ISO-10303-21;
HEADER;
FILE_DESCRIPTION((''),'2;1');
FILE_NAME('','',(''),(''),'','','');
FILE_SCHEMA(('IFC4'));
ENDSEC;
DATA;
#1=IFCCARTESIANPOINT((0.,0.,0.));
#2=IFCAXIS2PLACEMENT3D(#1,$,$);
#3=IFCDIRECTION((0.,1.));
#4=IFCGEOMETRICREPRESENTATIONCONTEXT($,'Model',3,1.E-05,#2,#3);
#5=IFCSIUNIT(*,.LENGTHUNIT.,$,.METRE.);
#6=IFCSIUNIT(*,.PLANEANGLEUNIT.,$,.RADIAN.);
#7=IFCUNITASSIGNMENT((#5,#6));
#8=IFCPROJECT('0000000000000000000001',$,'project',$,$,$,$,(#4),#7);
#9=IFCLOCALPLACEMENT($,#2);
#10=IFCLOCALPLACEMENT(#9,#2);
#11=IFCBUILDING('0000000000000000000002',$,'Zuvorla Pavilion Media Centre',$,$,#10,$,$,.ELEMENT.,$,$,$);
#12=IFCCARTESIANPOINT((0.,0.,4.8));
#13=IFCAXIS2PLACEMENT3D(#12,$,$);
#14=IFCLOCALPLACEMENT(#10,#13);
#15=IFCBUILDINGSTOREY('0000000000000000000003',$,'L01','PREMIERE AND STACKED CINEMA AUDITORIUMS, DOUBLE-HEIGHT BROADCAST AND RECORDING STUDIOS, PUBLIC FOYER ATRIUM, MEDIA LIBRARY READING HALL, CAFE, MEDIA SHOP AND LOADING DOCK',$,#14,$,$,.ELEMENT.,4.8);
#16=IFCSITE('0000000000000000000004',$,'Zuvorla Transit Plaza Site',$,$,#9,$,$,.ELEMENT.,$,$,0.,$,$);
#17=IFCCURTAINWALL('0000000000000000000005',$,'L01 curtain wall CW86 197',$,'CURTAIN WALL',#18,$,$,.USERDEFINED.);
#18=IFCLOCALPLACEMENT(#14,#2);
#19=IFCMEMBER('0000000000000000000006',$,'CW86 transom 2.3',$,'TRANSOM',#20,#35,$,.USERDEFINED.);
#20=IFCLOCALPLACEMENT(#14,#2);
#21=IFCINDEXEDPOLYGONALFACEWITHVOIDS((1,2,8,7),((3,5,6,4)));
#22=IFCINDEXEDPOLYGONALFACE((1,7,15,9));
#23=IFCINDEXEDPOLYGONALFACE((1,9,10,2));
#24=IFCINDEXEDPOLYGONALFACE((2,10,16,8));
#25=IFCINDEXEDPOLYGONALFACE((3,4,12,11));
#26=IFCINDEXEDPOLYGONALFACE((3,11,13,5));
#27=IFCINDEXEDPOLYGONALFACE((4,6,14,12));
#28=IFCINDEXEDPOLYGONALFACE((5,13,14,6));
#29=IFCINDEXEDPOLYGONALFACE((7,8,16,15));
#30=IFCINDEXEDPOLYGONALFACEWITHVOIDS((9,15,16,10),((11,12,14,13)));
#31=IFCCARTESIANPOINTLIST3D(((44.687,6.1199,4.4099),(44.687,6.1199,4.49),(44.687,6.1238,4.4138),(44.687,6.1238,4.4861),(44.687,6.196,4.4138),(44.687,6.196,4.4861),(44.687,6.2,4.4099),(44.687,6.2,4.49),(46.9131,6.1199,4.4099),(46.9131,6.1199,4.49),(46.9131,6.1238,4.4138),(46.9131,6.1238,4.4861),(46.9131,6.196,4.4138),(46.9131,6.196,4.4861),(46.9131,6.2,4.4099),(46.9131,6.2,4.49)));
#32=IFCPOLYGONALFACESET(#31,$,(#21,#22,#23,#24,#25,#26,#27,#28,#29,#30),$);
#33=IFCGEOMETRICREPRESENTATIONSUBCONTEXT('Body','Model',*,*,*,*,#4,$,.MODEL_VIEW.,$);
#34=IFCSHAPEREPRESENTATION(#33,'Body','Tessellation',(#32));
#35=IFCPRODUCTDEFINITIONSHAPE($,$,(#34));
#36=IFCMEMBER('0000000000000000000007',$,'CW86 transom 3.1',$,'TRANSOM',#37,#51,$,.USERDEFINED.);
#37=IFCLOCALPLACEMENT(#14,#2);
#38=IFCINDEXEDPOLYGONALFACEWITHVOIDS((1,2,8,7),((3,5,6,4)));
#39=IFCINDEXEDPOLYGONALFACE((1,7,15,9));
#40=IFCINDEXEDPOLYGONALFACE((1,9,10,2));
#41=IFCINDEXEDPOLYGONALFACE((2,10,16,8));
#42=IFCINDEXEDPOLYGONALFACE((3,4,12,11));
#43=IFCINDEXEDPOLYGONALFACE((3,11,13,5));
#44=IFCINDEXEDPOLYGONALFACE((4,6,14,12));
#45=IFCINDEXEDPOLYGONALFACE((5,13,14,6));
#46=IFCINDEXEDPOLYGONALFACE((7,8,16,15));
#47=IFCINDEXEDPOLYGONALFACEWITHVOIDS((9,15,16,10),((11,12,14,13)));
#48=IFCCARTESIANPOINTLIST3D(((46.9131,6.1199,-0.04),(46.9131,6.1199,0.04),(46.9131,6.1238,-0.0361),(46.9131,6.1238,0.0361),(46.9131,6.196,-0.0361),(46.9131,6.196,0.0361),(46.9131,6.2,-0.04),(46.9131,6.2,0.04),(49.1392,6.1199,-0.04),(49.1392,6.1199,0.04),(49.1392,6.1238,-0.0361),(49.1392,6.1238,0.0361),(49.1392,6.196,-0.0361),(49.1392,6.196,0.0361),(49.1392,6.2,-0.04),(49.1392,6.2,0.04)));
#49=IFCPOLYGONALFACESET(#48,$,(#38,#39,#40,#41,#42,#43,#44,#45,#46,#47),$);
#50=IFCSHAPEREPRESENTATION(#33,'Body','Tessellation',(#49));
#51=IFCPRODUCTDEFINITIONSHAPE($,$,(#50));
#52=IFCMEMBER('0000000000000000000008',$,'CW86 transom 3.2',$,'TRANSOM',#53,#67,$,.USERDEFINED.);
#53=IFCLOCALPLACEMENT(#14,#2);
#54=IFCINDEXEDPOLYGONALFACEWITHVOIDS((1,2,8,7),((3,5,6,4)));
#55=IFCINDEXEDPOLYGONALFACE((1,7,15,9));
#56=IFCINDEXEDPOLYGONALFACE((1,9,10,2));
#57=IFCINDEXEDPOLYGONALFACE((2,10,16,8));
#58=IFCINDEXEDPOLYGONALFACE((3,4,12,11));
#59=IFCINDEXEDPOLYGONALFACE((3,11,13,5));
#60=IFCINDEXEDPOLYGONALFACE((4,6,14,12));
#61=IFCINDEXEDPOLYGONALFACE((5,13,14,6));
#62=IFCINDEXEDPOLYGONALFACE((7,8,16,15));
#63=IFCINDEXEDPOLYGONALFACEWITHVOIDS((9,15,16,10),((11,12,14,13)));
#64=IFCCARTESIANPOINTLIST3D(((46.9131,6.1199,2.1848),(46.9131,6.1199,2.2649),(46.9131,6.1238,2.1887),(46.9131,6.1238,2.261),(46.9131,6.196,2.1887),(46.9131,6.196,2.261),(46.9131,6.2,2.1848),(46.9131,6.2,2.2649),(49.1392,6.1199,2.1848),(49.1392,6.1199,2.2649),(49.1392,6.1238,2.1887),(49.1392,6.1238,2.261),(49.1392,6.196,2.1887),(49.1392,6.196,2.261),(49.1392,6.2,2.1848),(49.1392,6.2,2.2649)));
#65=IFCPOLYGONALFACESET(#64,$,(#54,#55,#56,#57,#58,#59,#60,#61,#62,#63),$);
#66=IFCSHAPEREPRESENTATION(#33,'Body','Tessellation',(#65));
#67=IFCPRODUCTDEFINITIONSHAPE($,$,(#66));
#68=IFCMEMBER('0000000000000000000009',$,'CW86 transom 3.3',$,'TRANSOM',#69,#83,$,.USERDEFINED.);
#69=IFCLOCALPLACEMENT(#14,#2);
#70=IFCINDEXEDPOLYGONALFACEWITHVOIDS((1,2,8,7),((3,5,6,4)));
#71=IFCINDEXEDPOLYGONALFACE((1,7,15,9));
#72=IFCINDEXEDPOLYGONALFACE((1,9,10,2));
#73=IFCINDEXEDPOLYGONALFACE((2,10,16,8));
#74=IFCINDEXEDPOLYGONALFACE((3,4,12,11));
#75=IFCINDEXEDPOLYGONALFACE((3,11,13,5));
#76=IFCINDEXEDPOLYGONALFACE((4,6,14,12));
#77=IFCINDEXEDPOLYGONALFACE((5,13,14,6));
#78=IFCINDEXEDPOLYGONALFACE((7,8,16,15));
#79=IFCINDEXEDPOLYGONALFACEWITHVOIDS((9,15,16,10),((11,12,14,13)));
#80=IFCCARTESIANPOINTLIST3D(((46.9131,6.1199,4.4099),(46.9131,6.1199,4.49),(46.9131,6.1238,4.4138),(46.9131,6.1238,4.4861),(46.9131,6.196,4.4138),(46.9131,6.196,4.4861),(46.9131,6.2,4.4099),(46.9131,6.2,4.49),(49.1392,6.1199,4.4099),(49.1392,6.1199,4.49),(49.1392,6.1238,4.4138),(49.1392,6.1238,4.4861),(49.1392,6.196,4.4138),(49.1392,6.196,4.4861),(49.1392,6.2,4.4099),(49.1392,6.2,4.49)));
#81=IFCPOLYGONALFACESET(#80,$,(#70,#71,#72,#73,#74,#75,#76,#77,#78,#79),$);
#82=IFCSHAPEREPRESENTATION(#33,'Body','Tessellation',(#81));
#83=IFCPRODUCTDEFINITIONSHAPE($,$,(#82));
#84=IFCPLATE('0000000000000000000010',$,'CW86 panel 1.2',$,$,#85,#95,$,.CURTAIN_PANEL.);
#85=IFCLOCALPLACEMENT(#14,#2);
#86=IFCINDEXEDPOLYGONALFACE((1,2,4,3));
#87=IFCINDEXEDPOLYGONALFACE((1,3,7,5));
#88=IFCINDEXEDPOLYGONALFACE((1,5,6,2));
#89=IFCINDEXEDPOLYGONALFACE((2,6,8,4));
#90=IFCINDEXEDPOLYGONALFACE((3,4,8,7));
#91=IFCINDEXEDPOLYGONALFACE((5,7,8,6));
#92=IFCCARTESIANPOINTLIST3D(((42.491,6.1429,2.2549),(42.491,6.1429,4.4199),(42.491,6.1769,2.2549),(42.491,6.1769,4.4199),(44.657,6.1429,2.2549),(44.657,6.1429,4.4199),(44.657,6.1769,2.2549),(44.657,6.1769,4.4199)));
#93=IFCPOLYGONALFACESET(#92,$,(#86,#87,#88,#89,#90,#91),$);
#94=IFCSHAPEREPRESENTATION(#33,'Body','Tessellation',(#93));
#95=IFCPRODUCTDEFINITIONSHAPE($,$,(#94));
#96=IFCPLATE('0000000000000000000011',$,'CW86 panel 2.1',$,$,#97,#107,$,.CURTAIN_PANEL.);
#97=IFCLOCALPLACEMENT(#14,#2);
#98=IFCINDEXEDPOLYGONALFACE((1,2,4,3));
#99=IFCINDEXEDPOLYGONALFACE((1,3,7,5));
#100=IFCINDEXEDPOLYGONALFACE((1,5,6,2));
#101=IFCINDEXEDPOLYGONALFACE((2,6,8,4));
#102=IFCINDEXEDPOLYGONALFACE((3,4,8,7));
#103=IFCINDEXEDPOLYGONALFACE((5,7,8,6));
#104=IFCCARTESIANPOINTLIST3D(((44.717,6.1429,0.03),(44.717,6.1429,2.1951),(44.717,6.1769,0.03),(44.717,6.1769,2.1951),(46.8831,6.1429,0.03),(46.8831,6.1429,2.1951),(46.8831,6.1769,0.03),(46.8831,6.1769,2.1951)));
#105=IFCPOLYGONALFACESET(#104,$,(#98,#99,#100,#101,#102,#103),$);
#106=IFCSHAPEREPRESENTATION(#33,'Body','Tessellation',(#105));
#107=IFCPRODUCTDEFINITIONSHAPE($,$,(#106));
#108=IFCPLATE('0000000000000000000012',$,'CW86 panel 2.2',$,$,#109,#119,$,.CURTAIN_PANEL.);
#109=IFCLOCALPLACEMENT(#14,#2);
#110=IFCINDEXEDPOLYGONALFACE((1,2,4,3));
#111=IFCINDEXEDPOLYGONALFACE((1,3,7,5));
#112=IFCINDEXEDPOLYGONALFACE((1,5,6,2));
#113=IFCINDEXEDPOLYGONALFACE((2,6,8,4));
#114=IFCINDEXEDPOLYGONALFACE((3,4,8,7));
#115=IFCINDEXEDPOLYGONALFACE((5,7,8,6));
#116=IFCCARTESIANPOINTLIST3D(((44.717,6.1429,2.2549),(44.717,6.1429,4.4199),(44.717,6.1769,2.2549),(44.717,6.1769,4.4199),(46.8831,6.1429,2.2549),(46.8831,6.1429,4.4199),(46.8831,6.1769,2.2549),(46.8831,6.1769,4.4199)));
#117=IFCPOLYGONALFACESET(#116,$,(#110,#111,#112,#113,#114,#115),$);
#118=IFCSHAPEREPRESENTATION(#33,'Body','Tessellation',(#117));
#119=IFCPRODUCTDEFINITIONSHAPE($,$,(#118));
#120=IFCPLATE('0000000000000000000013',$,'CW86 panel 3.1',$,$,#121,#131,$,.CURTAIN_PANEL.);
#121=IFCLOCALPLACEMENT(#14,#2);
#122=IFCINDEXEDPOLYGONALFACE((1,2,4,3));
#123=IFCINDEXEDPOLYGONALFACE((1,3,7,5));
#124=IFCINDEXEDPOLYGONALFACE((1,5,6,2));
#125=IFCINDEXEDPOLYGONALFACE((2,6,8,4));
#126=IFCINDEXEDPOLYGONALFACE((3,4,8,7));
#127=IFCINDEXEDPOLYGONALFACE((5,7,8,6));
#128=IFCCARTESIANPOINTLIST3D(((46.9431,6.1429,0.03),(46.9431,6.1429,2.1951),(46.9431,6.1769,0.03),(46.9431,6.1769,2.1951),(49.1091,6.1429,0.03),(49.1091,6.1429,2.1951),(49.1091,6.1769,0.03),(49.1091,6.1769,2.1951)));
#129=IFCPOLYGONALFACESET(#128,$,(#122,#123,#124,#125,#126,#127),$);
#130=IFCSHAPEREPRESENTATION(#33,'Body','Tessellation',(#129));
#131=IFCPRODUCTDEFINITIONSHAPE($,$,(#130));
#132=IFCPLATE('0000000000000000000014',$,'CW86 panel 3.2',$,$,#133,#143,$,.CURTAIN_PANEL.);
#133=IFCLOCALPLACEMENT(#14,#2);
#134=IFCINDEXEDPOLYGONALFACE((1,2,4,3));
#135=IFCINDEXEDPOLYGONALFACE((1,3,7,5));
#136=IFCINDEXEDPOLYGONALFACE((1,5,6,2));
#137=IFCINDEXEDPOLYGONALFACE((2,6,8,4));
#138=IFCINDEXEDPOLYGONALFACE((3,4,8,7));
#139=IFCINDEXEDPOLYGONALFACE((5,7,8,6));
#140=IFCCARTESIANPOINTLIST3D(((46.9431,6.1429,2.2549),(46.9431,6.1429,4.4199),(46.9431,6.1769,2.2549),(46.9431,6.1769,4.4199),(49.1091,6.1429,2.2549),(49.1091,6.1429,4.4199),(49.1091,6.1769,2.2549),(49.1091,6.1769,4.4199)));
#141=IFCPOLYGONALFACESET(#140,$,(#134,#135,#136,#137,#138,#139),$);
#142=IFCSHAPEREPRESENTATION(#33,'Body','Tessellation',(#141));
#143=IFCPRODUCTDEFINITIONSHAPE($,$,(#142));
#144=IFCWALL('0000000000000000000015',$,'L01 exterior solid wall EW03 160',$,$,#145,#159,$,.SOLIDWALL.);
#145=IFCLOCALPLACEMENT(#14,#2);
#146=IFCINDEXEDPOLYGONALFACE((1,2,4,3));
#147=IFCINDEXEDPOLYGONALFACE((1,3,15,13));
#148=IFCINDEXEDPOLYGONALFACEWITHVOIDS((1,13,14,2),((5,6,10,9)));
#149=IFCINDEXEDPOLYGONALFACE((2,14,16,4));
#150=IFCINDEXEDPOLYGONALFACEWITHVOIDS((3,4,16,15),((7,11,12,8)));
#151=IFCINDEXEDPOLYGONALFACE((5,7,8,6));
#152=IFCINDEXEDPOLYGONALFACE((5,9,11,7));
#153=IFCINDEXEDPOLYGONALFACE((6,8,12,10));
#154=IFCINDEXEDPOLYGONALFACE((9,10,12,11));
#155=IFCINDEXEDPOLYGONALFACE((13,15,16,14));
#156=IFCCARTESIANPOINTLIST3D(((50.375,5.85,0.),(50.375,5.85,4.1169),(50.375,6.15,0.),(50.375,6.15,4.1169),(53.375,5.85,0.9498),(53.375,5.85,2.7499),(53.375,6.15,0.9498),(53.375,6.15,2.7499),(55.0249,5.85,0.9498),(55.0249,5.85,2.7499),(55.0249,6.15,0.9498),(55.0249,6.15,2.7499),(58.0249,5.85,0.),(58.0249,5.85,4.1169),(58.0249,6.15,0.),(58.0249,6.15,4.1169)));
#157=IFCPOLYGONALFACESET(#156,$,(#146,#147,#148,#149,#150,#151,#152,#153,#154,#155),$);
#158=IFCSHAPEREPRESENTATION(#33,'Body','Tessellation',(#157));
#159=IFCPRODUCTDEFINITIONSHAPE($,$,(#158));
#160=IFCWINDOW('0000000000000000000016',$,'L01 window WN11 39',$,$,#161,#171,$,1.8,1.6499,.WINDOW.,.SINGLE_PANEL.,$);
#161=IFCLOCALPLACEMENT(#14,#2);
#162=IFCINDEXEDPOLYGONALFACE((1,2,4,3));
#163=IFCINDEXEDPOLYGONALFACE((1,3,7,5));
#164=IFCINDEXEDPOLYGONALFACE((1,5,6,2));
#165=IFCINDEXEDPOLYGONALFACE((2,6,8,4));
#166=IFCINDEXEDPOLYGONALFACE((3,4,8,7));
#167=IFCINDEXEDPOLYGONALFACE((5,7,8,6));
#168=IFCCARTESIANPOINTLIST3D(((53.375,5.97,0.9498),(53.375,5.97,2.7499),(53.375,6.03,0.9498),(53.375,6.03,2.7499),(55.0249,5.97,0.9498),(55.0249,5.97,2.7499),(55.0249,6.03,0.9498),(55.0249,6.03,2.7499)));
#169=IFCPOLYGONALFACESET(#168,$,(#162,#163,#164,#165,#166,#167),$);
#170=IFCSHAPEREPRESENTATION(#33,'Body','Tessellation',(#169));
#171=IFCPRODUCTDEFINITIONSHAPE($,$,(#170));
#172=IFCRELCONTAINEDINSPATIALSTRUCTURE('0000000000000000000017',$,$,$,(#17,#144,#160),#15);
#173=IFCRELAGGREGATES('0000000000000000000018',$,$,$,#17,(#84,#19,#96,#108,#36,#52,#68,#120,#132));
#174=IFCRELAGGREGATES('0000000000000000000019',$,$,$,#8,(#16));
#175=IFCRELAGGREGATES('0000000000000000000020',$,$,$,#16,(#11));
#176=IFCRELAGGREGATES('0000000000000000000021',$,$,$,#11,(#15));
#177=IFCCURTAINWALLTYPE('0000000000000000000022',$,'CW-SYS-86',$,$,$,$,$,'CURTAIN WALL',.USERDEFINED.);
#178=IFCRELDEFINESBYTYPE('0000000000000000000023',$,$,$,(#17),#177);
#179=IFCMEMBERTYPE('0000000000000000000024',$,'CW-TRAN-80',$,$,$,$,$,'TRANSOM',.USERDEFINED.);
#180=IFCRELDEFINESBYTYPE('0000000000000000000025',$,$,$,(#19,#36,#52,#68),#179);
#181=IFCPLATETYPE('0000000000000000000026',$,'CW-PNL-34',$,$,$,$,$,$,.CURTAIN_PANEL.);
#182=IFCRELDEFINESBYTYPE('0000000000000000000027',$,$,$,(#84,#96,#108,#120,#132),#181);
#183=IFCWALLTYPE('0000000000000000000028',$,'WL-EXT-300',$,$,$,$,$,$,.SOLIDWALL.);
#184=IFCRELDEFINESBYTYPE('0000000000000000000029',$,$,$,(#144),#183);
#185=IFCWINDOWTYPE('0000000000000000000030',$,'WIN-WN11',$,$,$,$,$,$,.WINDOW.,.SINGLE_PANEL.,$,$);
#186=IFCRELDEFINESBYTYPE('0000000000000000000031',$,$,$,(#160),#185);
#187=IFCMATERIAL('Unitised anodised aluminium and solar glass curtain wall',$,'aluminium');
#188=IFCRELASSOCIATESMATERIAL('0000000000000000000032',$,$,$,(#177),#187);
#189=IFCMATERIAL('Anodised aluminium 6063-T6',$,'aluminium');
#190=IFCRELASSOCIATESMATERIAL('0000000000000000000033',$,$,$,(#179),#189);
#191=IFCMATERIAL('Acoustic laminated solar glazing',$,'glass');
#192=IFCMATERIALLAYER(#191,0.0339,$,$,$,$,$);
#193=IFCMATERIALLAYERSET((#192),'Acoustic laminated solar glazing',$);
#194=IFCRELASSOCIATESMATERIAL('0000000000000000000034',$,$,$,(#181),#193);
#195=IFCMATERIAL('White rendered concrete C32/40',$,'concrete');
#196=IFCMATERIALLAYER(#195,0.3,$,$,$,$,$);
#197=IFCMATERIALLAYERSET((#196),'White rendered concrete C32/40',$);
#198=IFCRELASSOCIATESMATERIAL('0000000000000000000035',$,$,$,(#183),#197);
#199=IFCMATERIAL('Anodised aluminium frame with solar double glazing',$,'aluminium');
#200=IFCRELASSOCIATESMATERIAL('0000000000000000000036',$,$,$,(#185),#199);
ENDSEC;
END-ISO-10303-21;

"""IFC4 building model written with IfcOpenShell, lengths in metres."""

from ifc_helpers import new_model, si_unit, direction, frame, frame_2d, origin, origin_2d, place, context, subcontext, project, spatial, rectangle, hollow_rectangle, extrude, material, layer, layer_set, material_profile, profile_set, type_object, element, fill, aggregate, save


model = new_model("IFC4")

# Units and contexts
model_context = context("Model", 3, precision=1e-05, world=origin(), true_north=direction((0.0, 1.0)))
body_context = subcontext(model_context, "Body", "Model", "MODEL_VIEW")
ifc_project = project(units=[si_unit("LENGTHUNIT", "METRE"), si_unit("PLANEANGLEUNIT", "RADIAN")], contexts=[model_context])

# Site, building, storey
site_placement = place(None, origin())
site = spatial("IfcSite", under=ifc_project, at=site_placement, Name="Zuvorla Transit Plaza Site", CompositionType="ELEMENT", RefElevation=0.0)
building_placement = place(site_placement, origin())
building = spatial("IfcBuilding", under=site, at=building_placement, Name="Zuvorla Pavilion Media Centre", CompositionType="ELEMENT")
storey_placement = place(building_placement, frame((0.0, 0.0, 4.8)))
storey = spatial("IfcBuildingStorey", under=building, at=storey_placement, Name="L01", Description="PREMIERE AND STACKED CINEMA AUDITORIUMS, DOUBLE-HEIGHT BROADCAST AND RECORDING STUDIOS, PUBLIC FOYER ATRIUM, MEDIA LIBRARY READING HALL, CAFE, MEDIA SHOP AND LOADING DOCK", CompositionType="ELEMENT", Elevation=4.8)

# Curtain wall, members, plates
ifc_material_1 = material(Name="Unitised anodised aluminium and solar glass curtain wall", Category="aluminium")
curtain_wall_type = type_object("IfcCurtainWallType", Name="CW-SYS-86", ElementType="CURTAIN WALL", PredefinedType="USERDEFINED", material=ifc_material_1)
curtain_wall_placement = place(storey_placement, origin())
curtain_wall = element("IfcCurtainWall", 1, at=curtain_wall_placement, inside=storey, type_object=curtain_wall_type, Name="L01 curtain wall CW86 197", ObjectType="CURTAIN WALL", PredefinedType="USERDEFINED")
ifc_material_2 = material(Name="Anodised aluminium 6063-T6", Category="aluminium")
ifc_material_profile_1 = material_profile(ifc_material_2, hollow_rectangle(XDim=0.0801, YDim=0.0801, WallThickness=0.0039, at=origin_2d()), Name="ALU TRAN 80x80")
ifc_profile_set_1 = profile_set([ifc_material_profile_1], Name="Anodised aluminium 6063-T6")
member_type_1 = type_object("IfcMemberType", Name="CW-TRAN-80", ElementType="TRANSOM", PredefinedType="USERDEFINED", material=ifc_profile_set_1)
member_1_placement = place(storey_placement, frame((44.687, 6.1599, 4.45), z_axis=(1.0, 0.0, 0.0), x_axis=(0.0, 1.0, 0.0)))
member_1 = element("IfcMember", 2, at=member_1_placement, type_object=member_type_1, Name="CW86 transom 2.3", ObjectType="TRANSOM", PredefinedType="USERDEFINED", context=body_context, shape_type="SweptSolid", body=[
    extrude(hollow_rectangle(XDim=0.0801, YDim=0.0801, WallThickness=0.0039, at=origin_2d()), origin(), (0.0, 0.0, 1.0), 2.2261),
])
member_2_placement = place(storey_placement, frame((46.9131, 6.1599, 0.0), z_axis=(1.0, 0.0, 0.0), x_axis=(0.0, 1.0, 0.0)))
member_2 = element("IfcMember", 3, at=member_2_placement, type_object=member_type_1, Name="CW86 transom 3.1", ObjectType="TRANSOM", PredefinedType="USERDEFINED", context=body_context, shape_type="SweptSolid", body=[
    extrude(hollow_rectangle(XDim=0.0801, YDim=0.0801, WallThickness=0.0039, at=origin_2d()), origin(), (0.0, 0.0, 1.0), 2.2261),
])
member_3_placement = place(storey_placement, frame((46.9131, 6.1599, 2.2249), z_axis=(1.0, 0.0, 0.0), x_axis=(0.0, 1.0, 0.0)))
member_3 = element("IfcMember", 4, at=member_3_placement, type_object=member_type_1, Name="CW86 transom 3.2", ObjectType="TRANSOM", PredefinedType="USERDEFINED", context=body_context, shape_type="SweptSolid", body=[
    extrude(hollow_rectangle(XDim=0.0801, YDim=0.0801, WallThickness=0.0039, at=origin_2d()), origin(), (0.0, 0.0, 1.0), 2.2261),
])
member_4_placement = place(storey_placement, frame((46.9131, 6.1599, 4.45), z_axis=(1.0, 0.0, 0.0), x_axis=(0.0, 1.0, 0.0)))
member_4 = element("IfcMember", 5, at=member_4_placement, type_object=member_type_1, Name="CW86 transom 3.3", ObjectType="TRANSOM", PredefinedType="USERDEFINED", context=body_context, shape_type="SweptSolid", body=[
    extrude(hollow_rectangle(XDim=0.0801, YDim=0.0801, WallThickness=0.0039, at=origin_2d()), origin(), (0.0, 0.0, 1.0), 2.2261),
])
ifc_material_3 = material(Name="Acoustic laminated solar glazing", Category="glass")
ifc_layer_1 = layer(ifc_material_3, 0.0339)
ifc_layer_set_1 = layer_set([ifc_layer_1], Name="Acoustic laminated solar glazing")
plate_type = type_object("IfcPlateType", Name="CW-PNL-34", PredefinedType="CURTAIN_PANEL", material=ifc_layer_set_1)
plate_1_placement = place(storey_placement, frame((43.574, 6.1599, 2.2549), z_axis=(0.0, 0.0, 1.0), x_axis=(1.0, 0.0, 0.0)))
plate_1 = element("IfcPlate", 6, at=plate_1_placement, type_object=plate_type, Name="CW86 panel 1.2", PredefinedType="CURTAIN_PANEL", context=body_context, shape_type="SweptSolid", body=[
    extrude(rectangle(XDim=2.166, YDim=0.0339, at=origin_2d()), origin(), (0.0, 0.0, 1.0), 2.165),
])
plate_2_placement = place(storey_placement, frame((45.8, 6.1599, 0.03), z_axis=(0.0, 0.0, 1.0), x_axis=(1.0, 0.0, 0.0)))
plate_2 = element("IfcPlate", 7, at=plate_2_placement, type_object=plate_type, Name="CW86 panel 2.1", PredefinedType="CURTAIN_PANEL", context=body_context, shape_type="SweptSolid", body=[
    extrude(rectangle(XDim=2.166, YDim=0.0339, at=origin_2d()), origin(), (0.0, 0.0, 1.0), 2.165),
])
plate_3_placement = place(storey_placement, frame((45.8, 6.1599, 2.2549), z_axis=(0.0, 0.0, 1.0), x_axis=(1.0, 0.0, 0.0)))
plate_3 = element("IfcPlate", 8, at=plate_3_placement, type_object=plate_type, Name="CW86 panel 2.2", PredefinedType="CURTAIN_PANEL", context=body_context, shape_type="SweptSolid", body=[
    extrude(rectangle(XDim=2.166, YDim=0.0339, at=origin_2d()), origin(), (0.0, 0.0, 1.0), 2.165),
])
plate_4_placement = place(storey_placement, frame((48.0261, 6.1599, 0.03), z_axis=(0.0, 0.0, 1.0), x_axis=(1.0, 0.0, 0.0)))
plate_4 = element("IfcPlate", 9, at=plate_4_placement, type_object=plate_type, Name="CW86 panel 3.1", PredefinedType="CURTAIN_PANEL", context=body_context, shape_type="SweptSolid", body=[
    extrude(rectangle(XDim=2.166, YDim=0.0339, at=origin_2d()), origin(), (0.0, 0.0, 1.0), 2.165),
])
plate_5_placement = place(storey_placement, frame((48.0261, 6.1599, 2.2549), z_axis=(0.0, 0.0, 1.0), x_axis=(1.0, 0.0, 0.0)))
plate_5 = element("IfcPlate", 10, at=plate_5_placement, type_object=plate_type, Name="CW86 panel 3.2", PredefinedType="CURTAIN_PANEL", context=body_context, shape_type="SweptSolid", body=[
    extrude(rectangle(XDim=2.166, YDim=0.0339, at=origin_2d()), origin(), (0.0, 0.0, 1.0), 2.165),
])
aggregate(curtain_wall, [plate_1, member_1, plate_2, plate_3, member_2, member_3, member_4, plate_4, plate_5])

# Wall, opening, window
ifc_material_4 = material(Name="White rendered concrete C32/40", Category="concrete")
ifc_layer_2 = layer(ifc_material_4, 0.3)
ifc_layer_set_2 = layer_set([ifc_layer_2], Name="White rendered concrete C32/40")
wall_type = type_object("IfcWallType", Name="WL-EXT-300", PredefinedType="SOLIDWALL", material=ifc_layer_set_2)
wall_1_placement = place(storey_placement, frame((50.375, 6.0, 0.0), z_axis=(0.0, 0.0, 1.0), x_axis=(1.0, 0.0, 0.0)))
wall_1 = element("IfcWall", 11, at=wall_1_placement, inside=storey, type_object=wall_type, Name="L01 exterior solid wall EW03 160", PredefinedType="SOLIDWALL", context=body_context, shape_type="SweptSolid", body=[
    extrude(rectangle(XDim=7.6499, YDim=0.3, at=frame_2d((3.825, 0.0))), origin(), (0.0, 0.0, 1.0), 4.1169),
])
opening_1_placement = place(wall_1_placement, frame((3.0, 0.0, 0.95)))
opening_1 = element("IfcOpeningElement", 12, at=opening_1_placement, cuts=wall_1, PredefinedType="OPENING", context=body_context, shape_type="SweptSolid", body=[
    extrude(rectangle(XDim=1.6499, YDim=1.8, at=frame_2d((0.825, 0.8999))), frame((0.0, 0.1599, 0.0), z_axis=(0.0, -1.0, 0.0), x_axis=(1.0, 0.0, 0.0)), (0.0, 0.0, 1.0), 0.3201),
])
ifc_material_5 = material(Name="Anodised aluminium frame with solar double glazing", Category="aluminium")
window_type_1 = type_object("IfcWindowType", Name="WIN-WN11", PartitioningType="SINGLE_PANEL", PredefinedType="WINDOW", material=ifc_material_5)
window_1_placement = place(opening_1_placement, origin())
window_1 = element("IfcWindow", 13, at=window_1_placement, inside=storey, type_object=window_type_1, Name="L01 window WN11 39", OverallHeight=1.8, OverallWidth=1.6499, PartitioningType="SINGLE_PANEL", PredefinedType="WINDOW", context=body_context, shape_type="SweptSolid", body=[
    extrude(rectangle(XDim=1.6499, YDim=1.8, at=frame_2d((0.825, 0.8999))), frame((0.0, 0.03, 0.0), z_axis=(0.0, -1.0, 0.0), x_axis=(1.0, 0.0, 0.0)), (0.0, 0.0, 1.0), 0.0601),
])
fill(opening_1, window_1)

save(model, "model.ifc")
